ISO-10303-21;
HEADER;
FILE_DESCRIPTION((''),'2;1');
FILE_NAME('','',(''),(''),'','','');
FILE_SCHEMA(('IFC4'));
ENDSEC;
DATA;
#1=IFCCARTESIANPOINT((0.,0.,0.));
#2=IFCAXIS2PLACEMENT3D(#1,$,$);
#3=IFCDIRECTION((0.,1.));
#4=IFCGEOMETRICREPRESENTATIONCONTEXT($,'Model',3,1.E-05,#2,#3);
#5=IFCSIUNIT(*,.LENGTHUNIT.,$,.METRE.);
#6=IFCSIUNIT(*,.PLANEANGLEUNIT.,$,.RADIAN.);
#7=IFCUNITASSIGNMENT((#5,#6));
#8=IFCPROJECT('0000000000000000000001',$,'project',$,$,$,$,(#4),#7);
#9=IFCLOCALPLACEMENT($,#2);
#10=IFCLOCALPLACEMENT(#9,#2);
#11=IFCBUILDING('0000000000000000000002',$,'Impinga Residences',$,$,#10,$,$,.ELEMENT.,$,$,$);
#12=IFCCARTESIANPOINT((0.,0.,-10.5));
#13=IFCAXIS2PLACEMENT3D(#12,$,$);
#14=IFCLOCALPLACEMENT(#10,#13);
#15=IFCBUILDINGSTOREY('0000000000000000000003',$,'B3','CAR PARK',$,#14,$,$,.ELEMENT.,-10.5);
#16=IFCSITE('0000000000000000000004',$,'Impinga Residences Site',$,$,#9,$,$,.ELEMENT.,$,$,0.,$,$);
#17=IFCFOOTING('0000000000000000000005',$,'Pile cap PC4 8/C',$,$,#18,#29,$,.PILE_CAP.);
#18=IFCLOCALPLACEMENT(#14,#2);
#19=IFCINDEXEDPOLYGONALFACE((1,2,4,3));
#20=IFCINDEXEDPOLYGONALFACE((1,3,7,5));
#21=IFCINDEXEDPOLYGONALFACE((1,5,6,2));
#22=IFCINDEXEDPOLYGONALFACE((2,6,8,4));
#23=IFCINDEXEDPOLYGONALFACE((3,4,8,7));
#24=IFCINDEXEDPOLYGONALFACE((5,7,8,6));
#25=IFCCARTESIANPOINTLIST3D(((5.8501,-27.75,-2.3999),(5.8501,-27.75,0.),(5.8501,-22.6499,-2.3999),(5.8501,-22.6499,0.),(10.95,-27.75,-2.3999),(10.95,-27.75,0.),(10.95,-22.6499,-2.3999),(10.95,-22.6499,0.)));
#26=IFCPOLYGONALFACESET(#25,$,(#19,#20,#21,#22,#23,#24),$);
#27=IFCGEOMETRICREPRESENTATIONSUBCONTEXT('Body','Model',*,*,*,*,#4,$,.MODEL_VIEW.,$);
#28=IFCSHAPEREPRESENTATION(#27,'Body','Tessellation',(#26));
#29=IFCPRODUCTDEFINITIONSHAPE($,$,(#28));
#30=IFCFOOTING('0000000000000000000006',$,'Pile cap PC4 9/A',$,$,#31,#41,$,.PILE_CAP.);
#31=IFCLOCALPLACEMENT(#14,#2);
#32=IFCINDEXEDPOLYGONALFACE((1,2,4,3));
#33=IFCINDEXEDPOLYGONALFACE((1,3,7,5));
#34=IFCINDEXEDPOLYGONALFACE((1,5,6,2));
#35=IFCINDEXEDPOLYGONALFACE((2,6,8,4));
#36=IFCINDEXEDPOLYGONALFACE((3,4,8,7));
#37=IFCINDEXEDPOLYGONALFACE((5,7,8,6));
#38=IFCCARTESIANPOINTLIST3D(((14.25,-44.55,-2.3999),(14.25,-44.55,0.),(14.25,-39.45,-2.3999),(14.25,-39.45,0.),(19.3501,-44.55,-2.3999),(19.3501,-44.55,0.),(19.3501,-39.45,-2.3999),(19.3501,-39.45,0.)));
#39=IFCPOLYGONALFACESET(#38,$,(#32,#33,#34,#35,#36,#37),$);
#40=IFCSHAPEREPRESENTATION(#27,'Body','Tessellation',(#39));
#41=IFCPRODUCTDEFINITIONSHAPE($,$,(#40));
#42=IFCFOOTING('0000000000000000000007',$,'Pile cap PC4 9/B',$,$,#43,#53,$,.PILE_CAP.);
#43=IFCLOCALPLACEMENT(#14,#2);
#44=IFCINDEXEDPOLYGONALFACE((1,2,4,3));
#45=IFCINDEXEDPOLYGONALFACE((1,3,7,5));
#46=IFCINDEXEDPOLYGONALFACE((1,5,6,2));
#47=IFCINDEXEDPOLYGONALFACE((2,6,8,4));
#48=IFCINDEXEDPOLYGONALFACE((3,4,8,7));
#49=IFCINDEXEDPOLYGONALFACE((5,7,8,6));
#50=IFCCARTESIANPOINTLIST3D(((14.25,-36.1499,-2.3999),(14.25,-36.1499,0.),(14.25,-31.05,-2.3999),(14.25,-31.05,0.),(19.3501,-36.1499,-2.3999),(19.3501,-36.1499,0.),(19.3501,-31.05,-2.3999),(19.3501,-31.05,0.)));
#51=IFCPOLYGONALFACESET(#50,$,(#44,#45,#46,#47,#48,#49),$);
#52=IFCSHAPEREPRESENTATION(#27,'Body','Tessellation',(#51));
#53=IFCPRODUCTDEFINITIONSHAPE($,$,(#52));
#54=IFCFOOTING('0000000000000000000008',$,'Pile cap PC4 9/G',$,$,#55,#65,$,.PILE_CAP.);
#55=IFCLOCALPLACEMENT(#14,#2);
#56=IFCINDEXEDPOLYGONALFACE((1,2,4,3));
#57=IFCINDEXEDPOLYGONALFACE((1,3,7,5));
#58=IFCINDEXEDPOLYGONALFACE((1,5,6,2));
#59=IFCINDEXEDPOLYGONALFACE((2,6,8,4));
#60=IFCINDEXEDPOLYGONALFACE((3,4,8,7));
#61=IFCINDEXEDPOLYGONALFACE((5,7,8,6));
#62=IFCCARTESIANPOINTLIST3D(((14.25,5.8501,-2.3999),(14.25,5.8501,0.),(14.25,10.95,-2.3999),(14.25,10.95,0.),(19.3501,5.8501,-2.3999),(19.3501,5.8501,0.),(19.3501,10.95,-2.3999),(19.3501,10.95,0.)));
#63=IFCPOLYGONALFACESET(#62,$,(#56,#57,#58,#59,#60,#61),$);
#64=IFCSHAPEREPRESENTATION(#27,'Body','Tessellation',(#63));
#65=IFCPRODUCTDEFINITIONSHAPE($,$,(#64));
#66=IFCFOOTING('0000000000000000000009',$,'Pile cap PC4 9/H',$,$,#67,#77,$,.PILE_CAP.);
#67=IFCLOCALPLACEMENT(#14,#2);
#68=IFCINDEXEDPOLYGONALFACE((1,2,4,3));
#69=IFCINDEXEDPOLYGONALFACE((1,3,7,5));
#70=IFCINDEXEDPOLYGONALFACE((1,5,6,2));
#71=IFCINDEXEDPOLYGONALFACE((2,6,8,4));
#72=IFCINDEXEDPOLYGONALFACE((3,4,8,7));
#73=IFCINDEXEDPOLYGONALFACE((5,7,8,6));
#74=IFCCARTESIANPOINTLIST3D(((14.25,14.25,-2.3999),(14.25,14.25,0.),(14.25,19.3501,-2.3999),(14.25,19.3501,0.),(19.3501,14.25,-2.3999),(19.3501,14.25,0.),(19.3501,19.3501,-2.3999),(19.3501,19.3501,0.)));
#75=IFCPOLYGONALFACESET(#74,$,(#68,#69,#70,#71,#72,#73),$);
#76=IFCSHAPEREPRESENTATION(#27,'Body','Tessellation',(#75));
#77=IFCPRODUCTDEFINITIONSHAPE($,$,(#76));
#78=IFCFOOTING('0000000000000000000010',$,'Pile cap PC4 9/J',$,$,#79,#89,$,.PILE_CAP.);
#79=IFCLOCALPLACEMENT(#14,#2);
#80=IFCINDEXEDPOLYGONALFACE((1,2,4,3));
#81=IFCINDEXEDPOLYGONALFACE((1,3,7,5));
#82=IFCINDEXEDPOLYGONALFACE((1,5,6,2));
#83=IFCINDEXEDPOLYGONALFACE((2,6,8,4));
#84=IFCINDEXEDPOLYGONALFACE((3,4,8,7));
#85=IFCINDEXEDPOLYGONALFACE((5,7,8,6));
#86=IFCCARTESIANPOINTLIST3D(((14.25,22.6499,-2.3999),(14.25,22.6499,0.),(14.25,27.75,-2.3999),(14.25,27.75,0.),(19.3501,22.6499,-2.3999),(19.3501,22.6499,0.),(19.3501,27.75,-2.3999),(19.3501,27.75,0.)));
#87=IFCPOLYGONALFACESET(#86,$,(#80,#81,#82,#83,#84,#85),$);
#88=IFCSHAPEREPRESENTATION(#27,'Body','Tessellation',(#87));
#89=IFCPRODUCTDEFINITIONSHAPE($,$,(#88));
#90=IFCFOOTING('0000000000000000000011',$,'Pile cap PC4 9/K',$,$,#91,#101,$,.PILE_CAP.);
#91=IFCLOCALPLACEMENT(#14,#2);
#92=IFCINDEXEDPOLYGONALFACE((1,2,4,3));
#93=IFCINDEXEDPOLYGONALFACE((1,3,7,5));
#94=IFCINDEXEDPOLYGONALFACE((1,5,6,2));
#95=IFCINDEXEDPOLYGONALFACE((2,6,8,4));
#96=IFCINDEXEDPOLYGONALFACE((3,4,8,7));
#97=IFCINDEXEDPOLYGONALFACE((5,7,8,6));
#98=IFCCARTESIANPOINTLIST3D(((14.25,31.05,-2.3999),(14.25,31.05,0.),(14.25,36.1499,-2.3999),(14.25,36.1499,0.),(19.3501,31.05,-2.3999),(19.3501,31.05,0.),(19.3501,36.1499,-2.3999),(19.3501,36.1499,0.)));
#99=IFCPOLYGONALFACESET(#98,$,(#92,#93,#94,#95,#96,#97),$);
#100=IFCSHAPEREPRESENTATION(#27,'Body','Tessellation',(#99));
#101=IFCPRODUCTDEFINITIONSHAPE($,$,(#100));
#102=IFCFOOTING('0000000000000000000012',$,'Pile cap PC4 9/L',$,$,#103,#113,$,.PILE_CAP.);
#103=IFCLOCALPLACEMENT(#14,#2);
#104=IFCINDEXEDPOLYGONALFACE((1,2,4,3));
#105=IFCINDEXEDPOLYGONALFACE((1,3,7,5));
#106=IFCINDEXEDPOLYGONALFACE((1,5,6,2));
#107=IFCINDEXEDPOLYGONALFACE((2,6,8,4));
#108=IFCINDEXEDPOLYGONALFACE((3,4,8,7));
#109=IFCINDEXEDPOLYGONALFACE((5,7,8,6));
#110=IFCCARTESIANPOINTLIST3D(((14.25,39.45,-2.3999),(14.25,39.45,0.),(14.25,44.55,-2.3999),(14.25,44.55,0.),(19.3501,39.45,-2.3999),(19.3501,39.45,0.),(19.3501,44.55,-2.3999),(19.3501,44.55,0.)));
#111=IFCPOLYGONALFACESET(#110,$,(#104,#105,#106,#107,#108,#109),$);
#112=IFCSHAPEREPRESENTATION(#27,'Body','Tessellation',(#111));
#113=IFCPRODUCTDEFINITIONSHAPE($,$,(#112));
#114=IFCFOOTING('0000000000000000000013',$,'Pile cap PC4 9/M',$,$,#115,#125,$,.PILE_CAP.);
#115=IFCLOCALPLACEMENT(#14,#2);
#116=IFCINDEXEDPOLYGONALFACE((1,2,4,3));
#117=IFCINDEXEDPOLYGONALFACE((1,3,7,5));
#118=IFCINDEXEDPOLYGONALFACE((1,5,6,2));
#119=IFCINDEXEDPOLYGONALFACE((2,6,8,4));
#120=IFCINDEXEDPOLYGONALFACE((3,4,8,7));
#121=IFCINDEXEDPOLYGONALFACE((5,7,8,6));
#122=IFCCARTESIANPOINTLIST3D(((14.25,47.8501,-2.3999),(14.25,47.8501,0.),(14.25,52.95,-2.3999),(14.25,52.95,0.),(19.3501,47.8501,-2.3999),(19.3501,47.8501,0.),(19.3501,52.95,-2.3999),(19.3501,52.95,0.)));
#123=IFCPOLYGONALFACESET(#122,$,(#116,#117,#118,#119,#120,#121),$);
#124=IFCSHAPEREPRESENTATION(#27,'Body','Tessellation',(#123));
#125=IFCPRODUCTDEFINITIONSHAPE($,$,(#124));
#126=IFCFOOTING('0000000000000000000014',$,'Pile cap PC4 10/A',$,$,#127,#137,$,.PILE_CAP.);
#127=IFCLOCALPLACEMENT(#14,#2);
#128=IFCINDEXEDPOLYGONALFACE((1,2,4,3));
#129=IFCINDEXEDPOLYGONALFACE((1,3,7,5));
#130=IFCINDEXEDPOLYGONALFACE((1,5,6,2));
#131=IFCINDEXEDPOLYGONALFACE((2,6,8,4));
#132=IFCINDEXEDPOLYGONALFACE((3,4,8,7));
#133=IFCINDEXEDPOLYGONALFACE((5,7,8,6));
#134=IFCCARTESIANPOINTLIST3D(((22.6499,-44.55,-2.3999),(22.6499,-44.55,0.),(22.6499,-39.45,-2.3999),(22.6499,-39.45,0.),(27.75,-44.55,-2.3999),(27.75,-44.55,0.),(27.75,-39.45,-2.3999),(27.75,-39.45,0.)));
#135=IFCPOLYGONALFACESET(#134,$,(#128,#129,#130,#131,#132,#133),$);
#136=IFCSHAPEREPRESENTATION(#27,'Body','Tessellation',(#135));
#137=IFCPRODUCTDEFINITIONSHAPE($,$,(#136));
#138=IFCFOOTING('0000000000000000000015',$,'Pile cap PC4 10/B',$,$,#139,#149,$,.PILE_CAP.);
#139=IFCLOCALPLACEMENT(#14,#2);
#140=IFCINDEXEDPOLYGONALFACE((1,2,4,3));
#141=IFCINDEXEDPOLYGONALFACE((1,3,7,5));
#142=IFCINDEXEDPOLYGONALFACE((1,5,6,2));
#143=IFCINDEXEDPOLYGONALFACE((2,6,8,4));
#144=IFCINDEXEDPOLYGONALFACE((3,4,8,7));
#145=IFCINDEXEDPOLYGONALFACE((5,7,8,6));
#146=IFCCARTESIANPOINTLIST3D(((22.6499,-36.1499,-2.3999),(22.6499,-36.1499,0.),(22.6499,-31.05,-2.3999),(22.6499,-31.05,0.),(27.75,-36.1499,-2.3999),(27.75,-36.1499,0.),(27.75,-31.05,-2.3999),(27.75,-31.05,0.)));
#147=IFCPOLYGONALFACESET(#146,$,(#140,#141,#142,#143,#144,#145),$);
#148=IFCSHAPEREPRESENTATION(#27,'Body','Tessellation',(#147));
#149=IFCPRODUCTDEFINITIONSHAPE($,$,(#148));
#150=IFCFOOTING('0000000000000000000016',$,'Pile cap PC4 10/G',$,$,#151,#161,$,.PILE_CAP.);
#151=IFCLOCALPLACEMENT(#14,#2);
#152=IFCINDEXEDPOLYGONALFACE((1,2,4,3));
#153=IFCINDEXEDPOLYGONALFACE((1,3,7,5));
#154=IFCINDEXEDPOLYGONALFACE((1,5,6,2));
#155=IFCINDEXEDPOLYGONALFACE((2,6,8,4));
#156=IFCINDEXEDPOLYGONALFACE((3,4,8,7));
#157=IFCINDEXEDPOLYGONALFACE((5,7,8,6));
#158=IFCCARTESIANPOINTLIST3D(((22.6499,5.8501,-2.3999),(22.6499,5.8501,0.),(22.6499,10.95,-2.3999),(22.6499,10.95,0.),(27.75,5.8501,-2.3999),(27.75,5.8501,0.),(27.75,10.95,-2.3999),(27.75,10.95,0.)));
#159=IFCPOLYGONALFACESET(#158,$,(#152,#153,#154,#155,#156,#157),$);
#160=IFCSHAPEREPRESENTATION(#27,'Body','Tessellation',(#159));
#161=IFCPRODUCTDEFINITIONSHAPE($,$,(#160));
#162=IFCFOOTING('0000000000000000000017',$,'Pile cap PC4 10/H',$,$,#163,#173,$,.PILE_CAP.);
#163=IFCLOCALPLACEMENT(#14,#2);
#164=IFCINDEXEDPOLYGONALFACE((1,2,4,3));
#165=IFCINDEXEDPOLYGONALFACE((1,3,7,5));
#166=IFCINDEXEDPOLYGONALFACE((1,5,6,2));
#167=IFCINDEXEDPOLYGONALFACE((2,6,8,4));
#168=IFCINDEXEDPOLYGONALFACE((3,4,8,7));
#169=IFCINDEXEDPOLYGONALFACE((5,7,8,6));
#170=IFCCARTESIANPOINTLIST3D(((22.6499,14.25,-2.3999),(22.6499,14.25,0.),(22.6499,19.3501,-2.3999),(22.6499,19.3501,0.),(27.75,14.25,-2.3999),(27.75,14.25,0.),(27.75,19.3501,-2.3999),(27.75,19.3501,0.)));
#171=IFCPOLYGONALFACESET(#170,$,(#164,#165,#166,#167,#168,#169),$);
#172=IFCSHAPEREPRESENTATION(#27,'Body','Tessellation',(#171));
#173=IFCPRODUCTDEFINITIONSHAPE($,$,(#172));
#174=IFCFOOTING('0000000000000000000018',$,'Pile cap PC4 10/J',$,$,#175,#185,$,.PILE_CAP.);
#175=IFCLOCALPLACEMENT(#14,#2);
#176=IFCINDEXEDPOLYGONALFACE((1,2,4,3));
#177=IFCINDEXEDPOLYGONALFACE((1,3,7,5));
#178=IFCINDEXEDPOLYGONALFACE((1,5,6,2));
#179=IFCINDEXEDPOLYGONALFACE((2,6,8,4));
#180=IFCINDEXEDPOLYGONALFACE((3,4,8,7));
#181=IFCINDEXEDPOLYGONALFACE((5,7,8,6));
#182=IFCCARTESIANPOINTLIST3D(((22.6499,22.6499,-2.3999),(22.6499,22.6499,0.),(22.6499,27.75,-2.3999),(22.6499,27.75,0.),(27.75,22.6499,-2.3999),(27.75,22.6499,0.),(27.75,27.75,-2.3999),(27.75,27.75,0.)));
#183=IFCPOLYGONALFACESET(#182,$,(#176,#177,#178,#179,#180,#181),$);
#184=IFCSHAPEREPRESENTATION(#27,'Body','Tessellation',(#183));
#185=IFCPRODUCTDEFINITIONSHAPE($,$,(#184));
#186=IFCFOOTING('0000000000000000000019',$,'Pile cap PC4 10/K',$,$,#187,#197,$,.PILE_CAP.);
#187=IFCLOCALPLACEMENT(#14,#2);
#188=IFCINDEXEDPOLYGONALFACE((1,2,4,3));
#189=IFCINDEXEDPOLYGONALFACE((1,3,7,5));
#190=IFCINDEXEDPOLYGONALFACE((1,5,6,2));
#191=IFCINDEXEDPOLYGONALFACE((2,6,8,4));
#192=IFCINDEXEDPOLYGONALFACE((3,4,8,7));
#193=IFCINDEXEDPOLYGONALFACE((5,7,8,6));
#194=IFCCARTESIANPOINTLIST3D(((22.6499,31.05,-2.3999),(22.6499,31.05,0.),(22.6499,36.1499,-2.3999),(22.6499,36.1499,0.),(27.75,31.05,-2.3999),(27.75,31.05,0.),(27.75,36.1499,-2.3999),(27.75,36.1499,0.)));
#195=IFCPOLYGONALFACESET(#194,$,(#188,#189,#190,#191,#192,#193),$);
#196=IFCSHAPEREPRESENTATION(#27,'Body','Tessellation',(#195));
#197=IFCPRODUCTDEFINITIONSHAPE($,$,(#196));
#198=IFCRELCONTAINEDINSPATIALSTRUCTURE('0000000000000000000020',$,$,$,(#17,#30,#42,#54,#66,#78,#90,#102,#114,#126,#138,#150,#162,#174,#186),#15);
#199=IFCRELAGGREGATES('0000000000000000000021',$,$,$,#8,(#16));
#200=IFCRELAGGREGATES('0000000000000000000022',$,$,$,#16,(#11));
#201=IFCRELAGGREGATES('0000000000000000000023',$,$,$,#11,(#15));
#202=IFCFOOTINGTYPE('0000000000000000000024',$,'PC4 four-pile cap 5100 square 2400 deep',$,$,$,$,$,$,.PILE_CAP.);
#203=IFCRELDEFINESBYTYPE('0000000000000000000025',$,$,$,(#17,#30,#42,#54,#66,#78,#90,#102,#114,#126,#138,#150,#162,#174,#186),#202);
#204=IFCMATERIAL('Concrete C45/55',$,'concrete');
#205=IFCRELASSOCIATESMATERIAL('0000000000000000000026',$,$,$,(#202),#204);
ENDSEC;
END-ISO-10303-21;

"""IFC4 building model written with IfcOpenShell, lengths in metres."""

from ifc_helpers import new_model, si_unit, direction, frame, origin, place, context, subcontext, project, spatial, polyline, outline, extrude, material, type_object, element, save


model = new_model("IFC4")

# Units and contexts
model_context = context("Model", 3, precision=1e-05, world=origin(), true_north=direction((0.0, 1.0)))
body_context = subcontext(model_context, "Body", "Model", "MODEL_VIEW")
ifc_project = project(units=[si_unit("LENGTHUNIT", "METRE"), si_unit("PLANEANGLEUNIT", "RADIAN")], contexts=[model_context])

# Site, building, storey
site_placement = place(None, origin())
site = spatial("IfcSite", under=ifc_project, at=site_placement, Name="Impinga Residences Site", CompositionType="ELEMENT", RefElevation=0.0)
building_placement = place(site_placement, origin())
building = spatial("IfcBuilding", under=site, at=building_placement, Name="Impinga Residences", CompositionType="ELEMENT")
storey_placement = place(building_placement, frame((0.0, 0.0, -10.5)))
storey = spatial("IfcBuildingStorey", under=building, at=storey_placement, Name="B3", Description="CAR PARK", CompositionType="ELEMENT", Elevation=-10.5)

# Footings
ifc_material_1 = material(Name="Concrete C45/55", Category="concrete")
footing_type = type_object("IfcFootingType", Name="PC4 four-pile cap 5100 square 2400 deep", PredefinedType="PILE_CAP", material=ifc_material_1)
footing_1_placement = place(storey_placement, frame((0.0, 0.0, -2.3999)))
element("IfcFooting", 1, at=footing_1_placement, inside=storey, type_object=footing_type, Name="Pile cap PC4 8/C", PredefinedType="PILE_CAP", context=body_context, shape_type="SweptSolid", body=[
    extrude(outline(polyline([(10.95, -27.75), (10.95, -22.6499), (5.8501, -22.6499), (5.8501, -27.75), (10.95, -27.75)])), origin(), (0.0, 0.0, 1.0), 2.3999),
])
footing_2_placement = place(storey_placement, frame((0.0, 0.0, -2.3999)))
element("IfcFooting", 2, at=footing_2_placement, inside=storey, type_object=footing_type, Name="Pile cap PC4 9/A", PredefinedType="PILE_CAP", context=body_context, shape_type="SweptSolid", body=[
    extrude(outline(polyline([(19.3501, -44.55), (19.3501, -39.45), (14.25, -39.45), (14.25, -44.55), (19.3501, -44.55)])), origin(), (0.0, 0.0, 1.0), 2.3999),
])
footing_3_placement = place(storey_placement, frame((0.0, 0.0, -2.3999)))
element("IfcFooting", 3, at=footing_3_placement, inside=storey, type_object=footing_type, Name="Pile cap PC4 9/B", PredefinedType="PILE_CAP", context=body_context, shape_type="SweptSolid", body=[
    extrude(outline(polyline([(19.3501, -36.1499), (19.3501, -31.05), (14.25, -31.05), (14.25, -36.1499), (19.3501, -36.1499)])), origin(), (0.0, 0.0, 1.0), 2.3999),
])
footing_4_placement = place(storey_placement, frame((0.0, 0.0, -2.3999)))
element("IfcFooting", 4, at=footing_4_placement, inside=storey, type_object=footing_type, Name="Pile cap PC4 9/G", PredefinedType="PILE_CAP", context=body_context, shape_type="SweptSolid", body=[
    extrude(outline(polyline([(19.3501, 5.8501), (19.3501, 10.95), (14.25, 10.95), (14.25, 5.8501), (19.3501, 5.8501)])), origin(), (0.0, 0.0, 1.0), 2.3999),
])
footing_5_placement = place(storey_placement, frame((0.0, 0.0, -2.3999)))
element("IfcFooting", 5, at=footing_5_placement, inside=storey, type_object=footing_type, Name="Pile cap PC4 9/H", PredefinedType="PILE_CAP", context=body_context, shape_type="SweptSolid", body=[
    extrude(outline(polyline([(19.3501, 14.25), (19.3501, 19.3501), (14.25, 19.3501), (14.25, 14.25), (19.3501, 14.25)])), origin(), (0.0, 0.0, 1.0), 2.3999),
])
footing_6_placement = place(storey_placement, frame((0.0, 0.0, -2.3999)))
element("IfcFooting", 6, at=footing_6_placement, inside=storey, type_object=footing_type, Name="Pile cap PC4 9/J", PredefinedType="PILE_CAP", context=body_context, shape_type="SweptSolid", body=[
    extrude(outline(polyline([(19.3501, 22.6499), (19.3501, 27.75), (14.25, 27.75), (14.25, 22.6499), (19.3501, 22.6499)])), origin(), (0.0, 0.0, 1.0), 2.3999),
])
footing_7_placement = place(storey_placement, frame((0.0, 0.0, -2.3999)))
element("IfcFooting", 7, at=footing_7_placement, inside=storey, type_object=footing_type, Name="Pile cap PC4 9/K", PredefinedType="PILE_CAP", context=body_context, shape_type="SweptSolid", body=[
    extrude(outline(polyline([(19.3501, 31.05), (19.3501, 36.1499), (14.25, 36.1499), (14.25, 31.05), (19.3501, 31.05)])), origin(), (0.0, 0.0, 1.0), 2.3999),
])
footing_8_placement = place(storey_placement, frame((0.0, 0.0, -2.3999)))
element("IfcFooting", 8, at=footing_8_placement, inside=storey, type_object=footing_type, Name="Pile cap PC4 9/L", PredefinedType="PILE_CAP", context=body_context, shape_type="SweptSolid", body=[
    extrude(outline(polyline([(19.3501, 39.45), (19.3501, 44.55), (14.25, 44.55), (14.25, 39.45), (19.3501, 39.45)])), origin(), (0.0, 0.0, 1.0), 2.3999),
])
footing_9_placement = place(storey_placement, frame((0.0, 0.0, -2.3999)))
element("IfcFooting", 9, at=footing_9_placement, inside=storey, type_object=footing_type, Name="Pile cap PC4 9/M", PredefinedType="PILE_CAP", context=body_context, shape_type="SweptSolid", body=[
    extrude(outline(polyline([(19.3501, 47.8501), (19.3501, 52.95), (14.25, 52.95), (14.25, 47.8501), (19.3501, 47.8501)])), origin(), (0.0, 0.0, 1.0), 2.3999),
])
footing_10_placement = place(storey_placement, frame((0.0, 0.0, -2.3999)))
element("IfcFooting", 10, at=footing_10_placement, inside=storey, type_object=footing_type, Name="Pile cap PC4 10/A", PredefinedType="PILE_CAP", context=body_context, shape_type="SweptSolid", body=[
    extrude(outline(polyline([(27.75, -44.55), (27.75, -39.45), (22.6499, -39.45), (22.6499, -44.55), (27.75, -44.55)])), origin(), (0.0, 0.0, 1.0), 2.3999),
])
footing_11_placement = place(storey_placement, frame((0.0, 0.0, -2.3999)))
element("IfcFooting", 11, at=footing_11_placement, inside=storey, type_object=footing_type, Name="Pile cap PC4 10/B", PredefinedType="PILE_CAP", context=body_context, shape_type="SweptSolid", body=[
    extrude(outline(polyline([(27.75, -36.1499), (27.75, -31.05), (22.6499, -31.05), (22.6499, -36.1499), (27.75, -36.1499)])), origin(), (0.0, 0.0, 1.0), 2.3999),
])
footing_12_placement = place(storey_placement, frame((0.0, 0.0, -2.3999)))
element("IfcFooting", 12, at=footing_12_placement, inside=storey, type_object=footing_type, Name="Pile cap PC4 10/G", PredefinedType="PILE_CAP", context=body_context, shape_type="SweptSolid", body=[
    extrude(outline(polyline([(27.75, 5.8501), (27.75, 10.95), (22.6499, 10.95), (22.6499, 5.8501), (27.75, 5.8501)])), origin(), (0.0, 0.0, 1.0), 2.3999),
])
footing_13_placement = place(storey_placement, frame((0.0, 0.0, -2.3999)))
element("IfcFooting", 13, at=footing_13_placement, inside=storey, type_object=footing_type, Name="Pile cap PC4 10/H", PredefinedType="PILE_CAP", context=body_context, shape_type="SweptSolid", body=[
    extrude(outline(polyline([(27.75, 14.25), (27.75, 19.3501), (22.6499, 19.3501), (22.6499, 14.25), (27.75, 14.25)])), origin(), (0.0, 0.0, 1.0), 2.3999),
])
footing_14_placement = place(storey_placement, frame((0.0, 0.0, -2.3999)))
element("IfcFooting", 14, at=footing_14_placement, inside=storey, type_object=footing_type, Name="Pile cap PC4 10/J", PredefinedType="PILE_CAP", context=body_context, shape_type="SweptSolid", body=[
    extrude(outline(polyline([(27.75, 22.6499), (27.75, 27.75), (22.6499, 27.75), (22.6499, 22.6499), (27.75, 22.6499)])), origin(), (0.0, 0.0, 1.0), 2.3999),
])
footing_15_placement = place(storey_placement, frame((0.0, 0.0, -2.3999)))
element("IfcFooting", 15, at=footing_15_placement, inside=storey, type_object=footing_type, Name="Pile cap PC4 10/K", PredefinedType="PILE_CAP", context=body_context, shape_type="SweptSolid", body=[
    extrude(outline(polyline([(27.75, 31.05), (27.75, 36.1499), (22.6499, 36.1499), (22.6499, 31.05), (27.75, 31.05)])), origin(), (0.0, 0.0, 1.0), 2.3999),
])

save(model, "model.ifc")
